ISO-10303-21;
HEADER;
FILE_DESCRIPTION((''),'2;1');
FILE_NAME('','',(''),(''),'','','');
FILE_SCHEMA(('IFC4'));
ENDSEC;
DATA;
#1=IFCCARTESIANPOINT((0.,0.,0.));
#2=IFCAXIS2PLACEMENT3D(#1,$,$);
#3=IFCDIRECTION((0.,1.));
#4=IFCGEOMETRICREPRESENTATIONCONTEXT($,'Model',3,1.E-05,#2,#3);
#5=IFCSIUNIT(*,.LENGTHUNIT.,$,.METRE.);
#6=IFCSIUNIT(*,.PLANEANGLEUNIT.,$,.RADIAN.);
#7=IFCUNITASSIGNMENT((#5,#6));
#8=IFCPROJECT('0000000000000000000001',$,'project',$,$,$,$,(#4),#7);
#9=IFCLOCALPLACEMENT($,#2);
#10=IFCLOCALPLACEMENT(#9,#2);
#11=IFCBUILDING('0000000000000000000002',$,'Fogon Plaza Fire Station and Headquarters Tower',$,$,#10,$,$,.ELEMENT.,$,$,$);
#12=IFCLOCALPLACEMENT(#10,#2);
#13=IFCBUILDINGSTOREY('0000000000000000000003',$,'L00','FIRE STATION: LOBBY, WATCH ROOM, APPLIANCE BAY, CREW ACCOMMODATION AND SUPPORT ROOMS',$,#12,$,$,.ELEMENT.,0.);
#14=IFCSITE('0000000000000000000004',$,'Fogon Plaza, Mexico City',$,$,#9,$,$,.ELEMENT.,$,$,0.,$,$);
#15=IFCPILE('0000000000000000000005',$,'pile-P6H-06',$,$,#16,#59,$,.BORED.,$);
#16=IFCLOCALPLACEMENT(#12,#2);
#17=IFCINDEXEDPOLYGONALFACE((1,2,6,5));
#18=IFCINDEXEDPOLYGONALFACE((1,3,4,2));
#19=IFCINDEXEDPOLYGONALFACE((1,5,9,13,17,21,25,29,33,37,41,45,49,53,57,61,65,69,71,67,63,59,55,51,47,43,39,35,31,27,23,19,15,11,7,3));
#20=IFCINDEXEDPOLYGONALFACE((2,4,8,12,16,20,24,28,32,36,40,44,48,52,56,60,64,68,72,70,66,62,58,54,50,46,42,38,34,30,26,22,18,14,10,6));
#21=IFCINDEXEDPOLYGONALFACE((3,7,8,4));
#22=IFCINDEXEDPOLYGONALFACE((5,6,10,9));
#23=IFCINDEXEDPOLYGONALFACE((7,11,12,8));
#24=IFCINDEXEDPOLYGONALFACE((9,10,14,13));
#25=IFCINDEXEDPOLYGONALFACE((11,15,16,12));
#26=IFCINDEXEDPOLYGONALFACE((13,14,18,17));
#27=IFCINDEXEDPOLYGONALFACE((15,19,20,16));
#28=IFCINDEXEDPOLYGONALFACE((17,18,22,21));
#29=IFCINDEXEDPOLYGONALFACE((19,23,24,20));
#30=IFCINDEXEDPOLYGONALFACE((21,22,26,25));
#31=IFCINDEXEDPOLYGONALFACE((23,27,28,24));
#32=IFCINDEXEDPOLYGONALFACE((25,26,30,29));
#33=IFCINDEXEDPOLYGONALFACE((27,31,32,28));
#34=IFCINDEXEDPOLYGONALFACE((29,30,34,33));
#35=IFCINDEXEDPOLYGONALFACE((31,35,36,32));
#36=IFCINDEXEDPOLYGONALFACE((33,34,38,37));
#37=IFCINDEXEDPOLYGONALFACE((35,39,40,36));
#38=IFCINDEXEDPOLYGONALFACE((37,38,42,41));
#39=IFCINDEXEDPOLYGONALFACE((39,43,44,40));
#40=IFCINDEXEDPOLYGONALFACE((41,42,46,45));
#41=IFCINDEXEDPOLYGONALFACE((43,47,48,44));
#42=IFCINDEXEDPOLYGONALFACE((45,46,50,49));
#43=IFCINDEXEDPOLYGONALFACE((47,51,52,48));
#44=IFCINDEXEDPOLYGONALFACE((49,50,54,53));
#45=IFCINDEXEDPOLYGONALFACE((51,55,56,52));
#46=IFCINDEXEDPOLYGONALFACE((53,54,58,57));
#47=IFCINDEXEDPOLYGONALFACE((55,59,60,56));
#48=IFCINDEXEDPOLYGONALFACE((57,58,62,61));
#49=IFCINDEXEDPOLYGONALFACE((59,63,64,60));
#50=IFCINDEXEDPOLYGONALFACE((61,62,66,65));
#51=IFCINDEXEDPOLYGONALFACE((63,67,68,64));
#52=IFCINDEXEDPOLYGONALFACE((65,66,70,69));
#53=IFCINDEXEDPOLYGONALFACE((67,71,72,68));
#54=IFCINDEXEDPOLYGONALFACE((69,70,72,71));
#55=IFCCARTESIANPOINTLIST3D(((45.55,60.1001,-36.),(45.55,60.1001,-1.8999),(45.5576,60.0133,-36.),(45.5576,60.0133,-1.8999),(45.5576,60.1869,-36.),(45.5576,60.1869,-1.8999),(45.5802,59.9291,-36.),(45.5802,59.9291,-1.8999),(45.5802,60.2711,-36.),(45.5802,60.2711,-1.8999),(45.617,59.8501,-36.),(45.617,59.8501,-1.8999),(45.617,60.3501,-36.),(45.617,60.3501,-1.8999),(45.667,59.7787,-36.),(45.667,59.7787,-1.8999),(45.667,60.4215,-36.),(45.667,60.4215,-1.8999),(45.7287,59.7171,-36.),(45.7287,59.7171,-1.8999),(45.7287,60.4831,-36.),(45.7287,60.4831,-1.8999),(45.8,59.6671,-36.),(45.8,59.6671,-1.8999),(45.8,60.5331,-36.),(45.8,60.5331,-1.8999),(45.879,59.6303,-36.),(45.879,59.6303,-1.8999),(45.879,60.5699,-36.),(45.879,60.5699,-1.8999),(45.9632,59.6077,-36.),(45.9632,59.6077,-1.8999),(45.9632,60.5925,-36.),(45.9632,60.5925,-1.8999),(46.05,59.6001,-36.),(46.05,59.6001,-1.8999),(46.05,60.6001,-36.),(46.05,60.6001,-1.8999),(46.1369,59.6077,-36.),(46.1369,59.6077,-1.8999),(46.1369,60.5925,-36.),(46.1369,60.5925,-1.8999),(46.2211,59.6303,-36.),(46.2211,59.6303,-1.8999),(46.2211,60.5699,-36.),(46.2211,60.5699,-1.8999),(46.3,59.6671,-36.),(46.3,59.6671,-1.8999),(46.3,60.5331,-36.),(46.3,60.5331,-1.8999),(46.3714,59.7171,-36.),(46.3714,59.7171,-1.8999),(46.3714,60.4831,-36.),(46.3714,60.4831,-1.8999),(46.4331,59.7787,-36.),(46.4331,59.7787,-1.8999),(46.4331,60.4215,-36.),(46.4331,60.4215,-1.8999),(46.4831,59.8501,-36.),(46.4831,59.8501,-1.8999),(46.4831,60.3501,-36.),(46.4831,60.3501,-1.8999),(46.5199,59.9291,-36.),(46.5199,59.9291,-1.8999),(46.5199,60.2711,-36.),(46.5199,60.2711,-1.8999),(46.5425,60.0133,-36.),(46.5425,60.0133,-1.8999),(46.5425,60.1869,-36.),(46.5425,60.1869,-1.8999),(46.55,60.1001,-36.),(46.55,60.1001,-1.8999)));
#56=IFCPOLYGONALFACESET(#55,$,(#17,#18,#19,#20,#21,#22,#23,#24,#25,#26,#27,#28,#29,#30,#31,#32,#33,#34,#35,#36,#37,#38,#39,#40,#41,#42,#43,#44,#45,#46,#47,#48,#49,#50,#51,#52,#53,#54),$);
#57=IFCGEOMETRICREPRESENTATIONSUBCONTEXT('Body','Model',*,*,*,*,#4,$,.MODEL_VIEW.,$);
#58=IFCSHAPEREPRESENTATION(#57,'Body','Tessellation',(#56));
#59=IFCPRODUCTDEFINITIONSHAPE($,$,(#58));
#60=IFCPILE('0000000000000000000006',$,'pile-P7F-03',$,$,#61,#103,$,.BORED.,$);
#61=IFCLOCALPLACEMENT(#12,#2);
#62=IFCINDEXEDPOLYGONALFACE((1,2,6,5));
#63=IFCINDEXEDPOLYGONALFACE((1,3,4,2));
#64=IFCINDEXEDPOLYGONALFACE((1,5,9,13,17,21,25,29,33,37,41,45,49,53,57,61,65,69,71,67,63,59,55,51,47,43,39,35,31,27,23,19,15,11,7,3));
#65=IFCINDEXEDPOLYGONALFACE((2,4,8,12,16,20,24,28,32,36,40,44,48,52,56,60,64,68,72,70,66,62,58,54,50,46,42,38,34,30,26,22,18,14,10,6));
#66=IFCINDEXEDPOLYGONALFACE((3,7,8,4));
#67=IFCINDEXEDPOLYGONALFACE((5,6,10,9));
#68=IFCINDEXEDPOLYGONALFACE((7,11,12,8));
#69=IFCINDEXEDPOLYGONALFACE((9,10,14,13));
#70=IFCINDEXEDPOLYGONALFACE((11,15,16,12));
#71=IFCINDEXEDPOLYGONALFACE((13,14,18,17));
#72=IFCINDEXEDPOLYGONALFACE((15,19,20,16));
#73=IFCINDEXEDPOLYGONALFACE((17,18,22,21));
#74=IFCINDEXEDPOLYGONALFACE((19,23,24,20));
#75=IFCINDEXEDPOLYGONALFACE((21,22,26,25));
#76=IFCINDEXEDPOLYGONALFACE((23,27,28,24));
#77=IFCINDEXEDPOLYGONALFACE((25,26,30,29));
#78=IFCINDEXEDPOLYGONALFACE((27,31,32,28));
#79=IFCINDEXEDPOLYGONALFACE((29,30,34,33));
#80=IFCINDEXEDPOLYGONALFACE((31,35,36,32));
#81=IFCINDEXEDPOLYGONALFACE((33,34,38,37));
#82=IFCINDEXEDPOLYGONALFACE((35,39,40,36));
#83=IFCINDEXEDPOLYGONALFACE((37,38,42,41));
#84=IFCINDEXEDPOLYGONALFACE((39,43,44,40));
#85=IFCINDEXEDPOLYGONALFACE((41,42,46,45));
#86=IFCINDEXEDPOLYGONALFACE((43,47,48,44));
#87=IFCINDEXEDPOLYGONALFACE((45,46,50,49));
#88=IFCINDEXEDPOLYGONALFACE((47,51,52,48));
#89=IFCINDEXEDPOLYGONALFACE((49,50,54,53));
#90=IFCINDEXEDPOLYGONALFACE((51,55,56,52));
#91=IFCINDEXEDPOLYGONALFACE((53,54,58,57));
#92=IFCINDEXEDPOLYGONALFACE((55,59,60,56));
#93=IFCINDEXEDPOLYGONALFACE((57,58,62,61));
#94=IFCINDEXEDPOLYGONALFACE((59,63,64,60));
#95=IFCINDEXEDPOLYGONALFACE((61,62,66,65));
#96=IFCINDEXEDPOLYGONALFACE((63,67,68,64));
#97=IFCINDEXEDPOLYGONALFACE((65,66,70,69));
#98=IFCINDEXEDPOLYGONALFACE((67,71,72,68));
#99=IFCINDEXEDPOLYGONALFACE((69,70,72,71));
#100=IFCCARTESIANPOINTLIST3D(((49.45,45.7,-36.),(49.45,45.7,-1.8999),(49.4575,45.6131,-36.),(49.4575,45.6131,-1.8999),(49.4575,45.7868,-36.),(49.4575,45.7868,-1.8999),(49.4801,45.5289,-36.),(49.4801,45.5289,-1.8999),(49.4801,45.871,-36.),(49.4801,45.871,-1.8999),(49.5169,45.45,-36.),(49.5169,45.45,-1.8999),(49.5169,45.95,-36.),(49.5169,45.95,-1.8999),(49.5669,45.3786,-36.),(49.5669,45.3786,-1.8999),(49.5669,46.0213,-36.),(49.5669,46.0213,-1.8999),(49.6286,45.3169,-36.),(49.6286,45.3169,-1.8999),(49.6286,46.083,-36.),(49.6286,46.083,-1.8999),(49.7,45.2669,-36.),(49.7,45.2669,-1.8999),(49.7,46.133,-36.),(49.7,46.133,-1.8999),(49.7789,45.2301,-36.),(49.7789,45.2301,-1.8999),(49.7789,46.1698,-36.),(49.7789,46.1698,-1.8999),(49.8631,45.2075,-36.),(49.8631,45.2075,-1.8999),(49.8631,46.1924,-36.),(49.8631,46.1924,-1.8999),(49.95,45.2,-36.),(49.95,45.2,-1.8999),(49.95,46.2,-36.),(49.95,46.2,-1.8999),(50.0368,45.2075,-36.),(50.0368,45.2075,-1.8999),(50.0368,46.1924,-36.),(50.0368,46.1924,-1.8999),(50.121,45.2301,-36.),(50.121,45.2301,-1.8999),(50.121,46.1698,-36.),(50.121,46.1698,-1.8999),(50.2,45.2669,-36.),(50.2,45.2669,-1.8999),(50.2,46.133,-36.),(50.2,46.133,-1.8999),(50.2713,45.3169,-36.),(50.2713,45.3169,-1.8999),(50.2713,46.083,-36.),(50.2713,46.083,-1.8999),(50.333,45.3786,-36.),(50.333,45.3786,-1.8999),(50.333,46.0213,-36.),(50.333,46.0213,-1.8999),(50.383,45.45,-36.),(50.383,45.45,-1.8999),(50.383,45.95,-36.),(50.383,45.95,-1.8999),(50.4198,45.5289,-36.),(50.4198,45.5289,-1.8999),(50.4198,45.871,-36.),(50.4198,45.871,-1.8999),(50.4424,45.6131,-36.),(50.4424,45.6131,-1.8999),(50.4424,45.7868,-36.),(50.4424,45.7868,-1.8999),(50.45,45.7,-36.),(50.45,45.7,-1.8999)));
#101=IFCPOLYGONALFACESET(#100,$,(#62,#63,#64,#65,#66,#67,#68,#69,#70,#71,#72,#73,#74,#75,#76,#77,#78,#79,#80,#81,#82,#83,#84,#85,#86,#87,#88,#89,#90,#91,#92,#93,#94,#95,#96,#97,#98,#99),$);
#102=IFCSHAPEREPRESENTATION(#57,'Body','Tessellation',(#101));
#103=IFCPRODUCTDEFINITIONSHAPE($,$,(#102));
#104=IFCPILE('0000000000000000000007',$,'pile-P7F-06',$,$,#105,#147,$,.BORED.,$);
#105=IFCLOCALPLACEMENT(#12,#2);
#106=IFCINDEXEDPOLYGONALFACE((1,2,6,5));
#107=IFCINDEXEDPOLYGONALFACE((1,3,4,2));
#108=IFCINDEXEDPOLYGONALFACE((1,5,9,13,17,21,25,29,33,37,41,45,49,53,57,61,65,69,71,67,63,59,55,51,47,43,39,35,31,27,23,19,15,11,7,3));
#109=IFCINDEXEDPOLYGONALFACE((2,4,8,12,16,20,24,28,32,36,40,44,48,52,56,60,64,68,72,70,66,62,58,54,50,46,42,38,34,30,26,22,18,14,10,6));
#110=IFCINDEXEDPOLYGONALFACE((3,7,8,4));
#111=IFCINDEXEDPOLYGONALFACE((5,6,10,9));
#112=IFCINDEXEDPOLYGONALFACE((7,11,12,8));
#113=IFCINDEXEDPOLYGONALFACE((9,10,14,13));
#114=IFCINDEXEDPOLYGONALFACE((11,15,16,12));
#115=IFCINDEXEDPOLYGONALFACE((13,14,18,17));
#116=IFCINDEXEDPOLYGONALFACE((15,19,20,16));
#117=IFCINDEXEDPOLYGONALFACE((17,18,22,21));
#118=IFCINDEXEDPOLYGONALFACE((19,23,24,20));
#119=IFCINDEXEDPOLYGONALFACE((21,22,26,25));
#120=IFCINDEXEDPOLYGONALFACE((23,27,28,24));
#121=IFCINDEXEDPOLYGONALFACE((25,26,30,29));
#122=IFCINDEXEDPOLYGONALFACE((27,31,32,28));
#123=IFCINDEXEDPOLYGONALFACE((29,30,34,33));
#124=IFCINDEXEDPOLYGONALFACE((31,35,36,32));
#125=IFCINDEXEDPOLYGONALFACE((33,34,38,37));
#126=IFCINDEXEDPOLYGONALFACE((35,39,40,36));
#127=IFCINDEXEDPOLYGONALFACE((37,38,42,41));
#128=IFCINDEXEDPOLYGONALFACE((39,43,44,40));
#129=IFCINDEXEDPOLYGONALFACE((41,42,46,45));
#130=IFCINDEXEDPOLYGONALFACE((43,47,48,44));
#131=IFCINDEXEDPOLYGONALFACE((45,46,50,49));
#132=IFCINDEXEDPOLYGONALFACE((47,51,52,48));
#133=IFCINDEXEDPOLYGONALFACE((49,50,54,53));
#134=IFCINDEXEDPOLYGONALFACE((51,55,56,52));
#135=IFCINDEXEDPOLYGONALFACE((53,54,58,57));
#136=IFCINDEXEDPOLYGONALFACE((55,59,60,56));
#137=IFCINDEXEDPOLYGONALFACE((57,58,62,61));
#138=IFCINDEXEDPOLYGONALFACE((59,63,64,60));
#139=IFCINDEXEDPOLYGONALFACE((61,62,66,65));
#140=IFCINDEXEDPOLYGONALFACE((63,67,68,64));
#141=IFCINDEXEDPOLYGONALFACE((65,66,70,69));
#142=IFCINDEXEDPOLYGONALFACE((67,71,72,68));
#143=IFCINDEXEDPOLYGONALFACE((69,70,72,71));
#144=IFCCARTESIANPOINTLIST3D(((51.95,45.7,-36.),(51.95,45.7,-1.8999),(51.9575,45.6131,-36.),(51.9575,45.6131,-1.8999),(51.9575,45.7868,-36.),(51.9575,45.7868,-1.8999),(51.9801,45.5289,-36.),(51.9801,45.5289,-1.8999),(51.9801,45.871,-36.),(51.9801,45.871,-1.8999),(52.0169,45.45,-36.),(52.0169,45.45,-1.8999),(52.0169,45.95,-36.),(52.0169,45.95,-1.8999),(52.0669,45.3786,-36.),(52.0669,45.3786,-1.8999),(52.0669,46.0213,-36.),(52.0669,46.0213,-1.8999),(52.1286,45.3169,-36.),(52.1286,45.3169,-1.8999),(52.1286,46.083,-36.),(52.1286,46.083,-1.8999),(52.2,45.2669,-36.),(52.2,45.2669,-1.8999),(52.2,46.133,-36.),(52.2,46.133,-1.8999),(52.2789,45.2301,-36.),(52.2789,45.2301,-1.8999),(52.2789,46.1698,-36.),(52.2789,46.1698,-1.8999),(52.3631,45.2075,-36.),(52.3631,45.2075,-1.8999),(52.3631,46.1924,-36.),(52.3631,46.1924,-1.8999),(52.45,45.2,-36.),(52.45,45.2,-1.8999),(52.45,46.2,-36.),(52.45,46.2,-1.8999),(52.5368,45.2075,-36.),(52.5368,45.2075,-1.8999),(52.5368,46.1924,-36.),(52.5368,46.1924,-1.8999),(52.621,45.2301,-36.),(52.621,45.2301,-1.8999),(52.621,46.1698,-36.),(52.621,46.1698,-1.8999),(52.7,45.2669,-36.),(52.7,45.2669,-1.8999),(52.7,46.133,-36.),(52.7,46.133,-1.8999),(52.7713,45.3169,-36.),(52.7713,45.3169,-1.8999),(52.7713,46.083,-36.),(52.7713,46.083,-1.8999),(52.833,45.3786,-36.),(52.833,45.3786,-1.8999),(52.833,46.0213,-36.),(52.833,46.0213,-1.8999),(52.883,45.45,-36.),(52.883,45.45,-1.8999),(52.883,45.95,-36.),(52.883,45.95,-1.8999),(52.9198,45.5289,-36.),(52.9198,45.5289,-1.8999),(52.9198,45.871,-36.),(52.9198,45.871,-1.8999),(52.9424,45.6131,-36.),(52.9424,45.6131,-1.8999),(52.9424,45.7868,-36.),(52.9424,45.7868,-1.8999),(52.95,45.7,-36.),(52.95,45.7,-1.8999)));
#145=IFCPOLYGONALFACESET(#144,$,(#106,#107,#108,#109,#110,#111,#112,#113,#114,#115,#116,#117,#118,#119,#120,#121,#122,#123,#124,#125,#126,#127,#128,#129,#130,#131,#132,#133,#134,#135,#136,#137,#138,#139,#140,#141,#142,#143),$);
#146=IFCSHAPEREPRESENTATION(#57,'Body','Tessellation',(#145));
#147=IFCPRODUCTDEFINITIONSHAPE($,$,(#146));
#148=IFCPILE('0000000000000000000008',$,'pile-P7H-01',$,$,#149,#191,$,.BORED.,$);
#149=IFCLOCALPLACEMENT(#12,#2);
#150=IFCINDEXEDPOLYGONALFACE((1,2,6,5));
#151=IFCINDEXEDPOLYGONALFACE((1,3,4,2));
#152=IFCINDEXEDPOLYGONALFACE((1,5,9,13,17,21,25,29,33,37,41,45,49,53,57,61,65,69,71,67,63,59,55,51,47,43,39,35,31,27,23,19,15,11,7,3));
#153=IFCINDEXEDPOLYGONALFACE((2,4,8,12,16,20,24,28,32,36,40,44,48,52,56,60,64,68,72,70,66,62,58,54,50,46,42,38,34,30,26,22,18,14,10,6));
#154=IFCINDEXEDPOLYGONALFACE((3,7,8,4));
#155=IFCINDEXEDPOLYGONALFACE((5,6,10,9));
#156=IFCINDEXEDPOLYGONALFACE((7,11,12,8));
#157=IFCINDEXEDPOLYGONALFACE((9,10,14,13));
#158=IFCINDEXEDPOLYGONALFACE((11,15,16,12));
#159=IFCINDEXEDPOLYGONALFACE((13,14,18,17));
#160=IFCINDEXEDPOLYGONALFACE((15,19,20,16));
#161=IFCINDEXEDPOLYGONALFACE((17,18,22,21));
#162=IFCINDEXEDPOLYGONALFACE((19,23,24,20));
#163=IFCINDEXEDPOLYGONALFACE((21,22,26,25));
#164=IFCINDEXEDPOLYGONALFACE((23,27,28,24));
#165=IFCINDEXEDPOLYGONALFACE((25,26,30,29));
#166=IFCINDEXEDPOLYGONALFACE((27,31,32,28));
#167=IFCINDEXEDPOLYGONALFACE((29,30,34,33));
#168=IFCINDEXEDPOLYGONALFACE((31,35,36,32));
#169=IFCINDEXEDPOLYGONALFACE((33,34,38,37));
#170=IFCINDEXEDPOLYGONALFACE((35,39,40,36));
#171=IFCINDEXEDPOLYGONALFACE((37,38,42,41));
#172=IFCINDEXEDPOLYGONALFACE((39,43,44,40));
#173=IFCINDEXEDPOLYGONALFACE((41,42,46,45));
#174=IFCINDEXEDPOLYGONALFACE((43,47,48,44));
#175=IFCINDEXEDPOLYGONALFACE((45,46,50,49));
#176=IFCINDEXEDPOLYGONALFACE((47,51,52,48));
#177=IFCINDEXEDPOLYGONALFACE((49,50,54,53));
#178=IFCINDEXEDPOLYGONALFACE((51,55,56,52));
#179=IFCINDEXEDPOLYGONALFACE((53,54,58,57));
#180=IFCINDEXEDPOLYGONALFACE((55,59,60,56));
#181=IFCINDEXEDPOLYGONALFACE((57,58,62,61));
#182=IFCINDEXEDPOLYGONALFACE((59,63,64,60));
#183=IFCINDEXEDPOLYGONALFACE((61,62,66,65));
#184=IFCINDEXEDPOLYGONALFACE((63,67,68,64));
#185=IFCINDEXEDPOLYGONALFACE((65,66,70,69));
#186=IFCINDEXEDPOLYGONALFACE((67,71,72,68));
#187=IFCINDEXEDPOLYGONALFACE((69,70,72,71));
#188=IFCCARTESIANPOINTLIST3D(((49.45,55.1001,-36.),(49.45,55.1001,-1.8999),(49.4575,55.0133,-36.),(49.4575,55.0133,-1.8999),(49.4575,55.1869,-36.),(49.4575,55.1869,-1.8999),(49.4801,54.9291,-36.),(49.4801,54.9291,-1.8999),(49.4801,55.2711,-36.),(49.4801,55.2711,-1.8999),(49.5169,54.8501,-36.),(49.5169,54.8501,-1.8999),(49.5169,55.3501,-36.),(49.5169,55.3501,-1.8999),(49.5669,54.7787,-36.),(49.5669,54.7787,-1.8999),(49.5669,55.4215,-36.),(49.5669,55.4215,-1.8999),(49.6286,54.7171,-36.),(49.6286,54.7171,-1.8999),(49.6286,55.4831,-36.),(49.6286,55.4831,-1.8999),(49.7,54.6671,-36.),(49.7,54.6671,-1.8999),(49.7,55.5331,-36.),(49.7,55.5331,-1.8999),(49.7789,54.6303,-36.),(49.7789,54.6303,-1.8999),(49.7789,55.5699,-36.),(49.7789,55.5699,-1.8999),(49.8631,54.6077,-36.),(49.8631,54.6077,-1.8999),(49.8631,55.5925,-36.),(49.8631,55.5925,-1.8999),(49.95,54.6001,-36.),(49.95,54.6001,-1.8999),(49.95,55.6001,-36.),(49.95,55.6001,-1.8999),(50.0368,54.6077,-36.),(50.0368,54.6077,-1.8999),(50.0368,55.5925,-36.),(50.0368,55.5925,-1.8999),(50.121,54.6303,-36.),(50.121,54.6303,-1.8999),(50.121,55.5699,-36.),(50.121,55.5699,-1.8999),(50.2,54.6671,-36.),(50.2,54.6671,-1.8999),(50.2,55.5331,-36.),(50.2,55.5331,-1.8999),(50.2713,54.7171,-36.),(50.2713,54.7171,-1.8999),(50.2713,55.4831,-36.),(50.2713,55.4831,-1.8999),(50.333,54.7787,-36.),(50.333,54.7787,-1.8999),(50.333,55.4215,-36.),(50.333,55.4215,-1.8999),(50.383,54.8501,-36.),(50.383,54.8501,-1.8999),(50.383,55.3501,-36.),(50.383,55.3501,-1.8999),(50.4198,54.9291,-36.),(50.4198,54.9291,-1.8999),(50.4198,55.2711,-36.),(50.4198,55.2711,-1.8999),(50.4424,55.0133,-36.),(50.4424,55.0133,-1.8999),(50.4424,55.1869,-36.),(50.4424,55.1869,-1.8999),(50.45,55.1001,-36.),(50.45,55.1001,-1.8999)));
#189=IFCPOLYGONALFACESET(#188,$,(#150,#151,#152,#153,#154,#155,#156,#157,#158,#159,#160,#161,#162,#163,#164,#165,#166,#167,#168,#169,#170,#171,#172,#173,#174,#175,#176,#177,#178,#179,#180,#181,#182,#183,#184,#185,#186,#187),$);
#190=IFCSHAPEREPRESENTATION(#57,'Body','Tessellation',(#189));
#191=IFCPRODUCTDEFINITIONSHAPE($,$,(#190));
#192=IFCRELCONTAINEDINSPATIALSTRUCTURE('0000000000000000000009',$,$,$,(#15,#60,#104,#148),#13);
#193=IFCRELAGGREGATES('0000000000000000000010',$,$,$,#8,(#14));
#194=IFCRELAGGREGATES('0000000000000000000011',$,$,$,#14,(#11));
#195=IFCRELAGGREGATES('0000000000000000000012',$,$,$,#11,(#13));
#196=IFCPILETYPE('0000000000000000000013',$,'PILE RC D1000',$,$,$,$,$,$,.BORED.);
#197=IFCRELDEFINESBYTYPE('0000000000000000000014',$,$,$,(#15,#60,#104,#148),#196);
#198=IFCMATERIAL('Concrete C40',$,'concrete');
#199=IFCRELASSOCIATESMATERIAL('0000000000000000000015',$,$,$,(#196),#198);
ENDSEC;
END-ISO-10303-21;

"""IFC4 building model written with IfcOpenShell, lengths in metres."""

from ifc_helpers import new_model, si_unit, direction, frame, origin, origin_2d, place, context, subcontext, project, spatial, circle, extrude, material, material_profile, profile_set, type_object, element, save


model = new_model("IFC4")

# Units and contexts
model_context = context("Model", 3, precision=1e-05, world=origin(), true_north=direction((0.0, 1.0)))
body_context = subcontext(model_context, "Body", "Model", "MODEL_VIEW")
ifc_project = project(units=[si_unit("LENGTHUNIT", "METRE"), si_unit("PLANEANGLEUNIT", "RADIAN")], contexts=[model_context])

# Site, building, storey
site_placement = place(None, origin())
site = spatial("IfcSite", under=ifc_project, at=site_placement, Name="Fogon Plaza, Mexico City", CompositionType="ELEMENT", RefElevation=0.0)
building_placement = place(site_placement, origin())
building = spatial("IfcBuilding", under=site, at=building_placement, Name="Fogon Plaza Fire Station and Headquarters Tower", CompositionType="ELEMENT")
storey_placement = place(building_placement, origin())
storey = spatial("IfcBuildingStorey", under=building, at=storey_placement, Name="L00", Description="FIRE STATION: LOBBY, WATCH ROOM, APPLIANCE BAY, CREW ACCOMMODATION AND SUPPORT ROOMS", CompositionType="ELEMENT", Elevation=0.0)

# Piles
ifc_material_1 = material(Name="Concrete C40", Category="concrete")
ifc_material_profile_1 = material_profile(ifc_material_1, circle(Radius=0.5, at=origin_2d()), Name="RC D1000")
ifc_profile_set_1 = profile_set([ifc_material_profile_1], Name="Concrete C40")
pile_type_1 = type_object("IfcPileType", Name="PILE RC D1000", PredefinedType="BORED", material=ifc_profile_set_1)
for number, where, z_axis, x_axis, name in (
    (1, (46.05, 60.1001, -1.8999), (0.0, 0.0, -1.0), (1.0, 0.0, 0.0), "pile-P6H-06"),
    (2, (49.95, 45.7, -1.8999), (0.0, 0.0, -1.0), (1.0, 0.0, 0.0), "pile-P7F-03"),
    (3, (52.45, 45.7, -1.8999), (0.0, 0.0, -1.0), (1.0, 0.0, 0.0), "pile-P7F-06"),
    (4, (49.95, 55.1001, -1.8999), (0.0, 0.0, -1.0), (1.0, 0.0, 0.0), "pile-P7H-01"),
):
    element("IfcPile", number, at=place(storey_placement, frame(where, z_axis=z_axis, x_axis=x_axis)), inside=storey, type_object=pile_type_1, Name=name, PredefinedType="BORED", context=body_context, shape_type="SweptSolid", body=[
        extrude(circle(Radius=0.5, at=origin_2d()), origin(), (0.0, 0.0, 1.0), 34.1001),
    ])

save(model, "model.ifc")
